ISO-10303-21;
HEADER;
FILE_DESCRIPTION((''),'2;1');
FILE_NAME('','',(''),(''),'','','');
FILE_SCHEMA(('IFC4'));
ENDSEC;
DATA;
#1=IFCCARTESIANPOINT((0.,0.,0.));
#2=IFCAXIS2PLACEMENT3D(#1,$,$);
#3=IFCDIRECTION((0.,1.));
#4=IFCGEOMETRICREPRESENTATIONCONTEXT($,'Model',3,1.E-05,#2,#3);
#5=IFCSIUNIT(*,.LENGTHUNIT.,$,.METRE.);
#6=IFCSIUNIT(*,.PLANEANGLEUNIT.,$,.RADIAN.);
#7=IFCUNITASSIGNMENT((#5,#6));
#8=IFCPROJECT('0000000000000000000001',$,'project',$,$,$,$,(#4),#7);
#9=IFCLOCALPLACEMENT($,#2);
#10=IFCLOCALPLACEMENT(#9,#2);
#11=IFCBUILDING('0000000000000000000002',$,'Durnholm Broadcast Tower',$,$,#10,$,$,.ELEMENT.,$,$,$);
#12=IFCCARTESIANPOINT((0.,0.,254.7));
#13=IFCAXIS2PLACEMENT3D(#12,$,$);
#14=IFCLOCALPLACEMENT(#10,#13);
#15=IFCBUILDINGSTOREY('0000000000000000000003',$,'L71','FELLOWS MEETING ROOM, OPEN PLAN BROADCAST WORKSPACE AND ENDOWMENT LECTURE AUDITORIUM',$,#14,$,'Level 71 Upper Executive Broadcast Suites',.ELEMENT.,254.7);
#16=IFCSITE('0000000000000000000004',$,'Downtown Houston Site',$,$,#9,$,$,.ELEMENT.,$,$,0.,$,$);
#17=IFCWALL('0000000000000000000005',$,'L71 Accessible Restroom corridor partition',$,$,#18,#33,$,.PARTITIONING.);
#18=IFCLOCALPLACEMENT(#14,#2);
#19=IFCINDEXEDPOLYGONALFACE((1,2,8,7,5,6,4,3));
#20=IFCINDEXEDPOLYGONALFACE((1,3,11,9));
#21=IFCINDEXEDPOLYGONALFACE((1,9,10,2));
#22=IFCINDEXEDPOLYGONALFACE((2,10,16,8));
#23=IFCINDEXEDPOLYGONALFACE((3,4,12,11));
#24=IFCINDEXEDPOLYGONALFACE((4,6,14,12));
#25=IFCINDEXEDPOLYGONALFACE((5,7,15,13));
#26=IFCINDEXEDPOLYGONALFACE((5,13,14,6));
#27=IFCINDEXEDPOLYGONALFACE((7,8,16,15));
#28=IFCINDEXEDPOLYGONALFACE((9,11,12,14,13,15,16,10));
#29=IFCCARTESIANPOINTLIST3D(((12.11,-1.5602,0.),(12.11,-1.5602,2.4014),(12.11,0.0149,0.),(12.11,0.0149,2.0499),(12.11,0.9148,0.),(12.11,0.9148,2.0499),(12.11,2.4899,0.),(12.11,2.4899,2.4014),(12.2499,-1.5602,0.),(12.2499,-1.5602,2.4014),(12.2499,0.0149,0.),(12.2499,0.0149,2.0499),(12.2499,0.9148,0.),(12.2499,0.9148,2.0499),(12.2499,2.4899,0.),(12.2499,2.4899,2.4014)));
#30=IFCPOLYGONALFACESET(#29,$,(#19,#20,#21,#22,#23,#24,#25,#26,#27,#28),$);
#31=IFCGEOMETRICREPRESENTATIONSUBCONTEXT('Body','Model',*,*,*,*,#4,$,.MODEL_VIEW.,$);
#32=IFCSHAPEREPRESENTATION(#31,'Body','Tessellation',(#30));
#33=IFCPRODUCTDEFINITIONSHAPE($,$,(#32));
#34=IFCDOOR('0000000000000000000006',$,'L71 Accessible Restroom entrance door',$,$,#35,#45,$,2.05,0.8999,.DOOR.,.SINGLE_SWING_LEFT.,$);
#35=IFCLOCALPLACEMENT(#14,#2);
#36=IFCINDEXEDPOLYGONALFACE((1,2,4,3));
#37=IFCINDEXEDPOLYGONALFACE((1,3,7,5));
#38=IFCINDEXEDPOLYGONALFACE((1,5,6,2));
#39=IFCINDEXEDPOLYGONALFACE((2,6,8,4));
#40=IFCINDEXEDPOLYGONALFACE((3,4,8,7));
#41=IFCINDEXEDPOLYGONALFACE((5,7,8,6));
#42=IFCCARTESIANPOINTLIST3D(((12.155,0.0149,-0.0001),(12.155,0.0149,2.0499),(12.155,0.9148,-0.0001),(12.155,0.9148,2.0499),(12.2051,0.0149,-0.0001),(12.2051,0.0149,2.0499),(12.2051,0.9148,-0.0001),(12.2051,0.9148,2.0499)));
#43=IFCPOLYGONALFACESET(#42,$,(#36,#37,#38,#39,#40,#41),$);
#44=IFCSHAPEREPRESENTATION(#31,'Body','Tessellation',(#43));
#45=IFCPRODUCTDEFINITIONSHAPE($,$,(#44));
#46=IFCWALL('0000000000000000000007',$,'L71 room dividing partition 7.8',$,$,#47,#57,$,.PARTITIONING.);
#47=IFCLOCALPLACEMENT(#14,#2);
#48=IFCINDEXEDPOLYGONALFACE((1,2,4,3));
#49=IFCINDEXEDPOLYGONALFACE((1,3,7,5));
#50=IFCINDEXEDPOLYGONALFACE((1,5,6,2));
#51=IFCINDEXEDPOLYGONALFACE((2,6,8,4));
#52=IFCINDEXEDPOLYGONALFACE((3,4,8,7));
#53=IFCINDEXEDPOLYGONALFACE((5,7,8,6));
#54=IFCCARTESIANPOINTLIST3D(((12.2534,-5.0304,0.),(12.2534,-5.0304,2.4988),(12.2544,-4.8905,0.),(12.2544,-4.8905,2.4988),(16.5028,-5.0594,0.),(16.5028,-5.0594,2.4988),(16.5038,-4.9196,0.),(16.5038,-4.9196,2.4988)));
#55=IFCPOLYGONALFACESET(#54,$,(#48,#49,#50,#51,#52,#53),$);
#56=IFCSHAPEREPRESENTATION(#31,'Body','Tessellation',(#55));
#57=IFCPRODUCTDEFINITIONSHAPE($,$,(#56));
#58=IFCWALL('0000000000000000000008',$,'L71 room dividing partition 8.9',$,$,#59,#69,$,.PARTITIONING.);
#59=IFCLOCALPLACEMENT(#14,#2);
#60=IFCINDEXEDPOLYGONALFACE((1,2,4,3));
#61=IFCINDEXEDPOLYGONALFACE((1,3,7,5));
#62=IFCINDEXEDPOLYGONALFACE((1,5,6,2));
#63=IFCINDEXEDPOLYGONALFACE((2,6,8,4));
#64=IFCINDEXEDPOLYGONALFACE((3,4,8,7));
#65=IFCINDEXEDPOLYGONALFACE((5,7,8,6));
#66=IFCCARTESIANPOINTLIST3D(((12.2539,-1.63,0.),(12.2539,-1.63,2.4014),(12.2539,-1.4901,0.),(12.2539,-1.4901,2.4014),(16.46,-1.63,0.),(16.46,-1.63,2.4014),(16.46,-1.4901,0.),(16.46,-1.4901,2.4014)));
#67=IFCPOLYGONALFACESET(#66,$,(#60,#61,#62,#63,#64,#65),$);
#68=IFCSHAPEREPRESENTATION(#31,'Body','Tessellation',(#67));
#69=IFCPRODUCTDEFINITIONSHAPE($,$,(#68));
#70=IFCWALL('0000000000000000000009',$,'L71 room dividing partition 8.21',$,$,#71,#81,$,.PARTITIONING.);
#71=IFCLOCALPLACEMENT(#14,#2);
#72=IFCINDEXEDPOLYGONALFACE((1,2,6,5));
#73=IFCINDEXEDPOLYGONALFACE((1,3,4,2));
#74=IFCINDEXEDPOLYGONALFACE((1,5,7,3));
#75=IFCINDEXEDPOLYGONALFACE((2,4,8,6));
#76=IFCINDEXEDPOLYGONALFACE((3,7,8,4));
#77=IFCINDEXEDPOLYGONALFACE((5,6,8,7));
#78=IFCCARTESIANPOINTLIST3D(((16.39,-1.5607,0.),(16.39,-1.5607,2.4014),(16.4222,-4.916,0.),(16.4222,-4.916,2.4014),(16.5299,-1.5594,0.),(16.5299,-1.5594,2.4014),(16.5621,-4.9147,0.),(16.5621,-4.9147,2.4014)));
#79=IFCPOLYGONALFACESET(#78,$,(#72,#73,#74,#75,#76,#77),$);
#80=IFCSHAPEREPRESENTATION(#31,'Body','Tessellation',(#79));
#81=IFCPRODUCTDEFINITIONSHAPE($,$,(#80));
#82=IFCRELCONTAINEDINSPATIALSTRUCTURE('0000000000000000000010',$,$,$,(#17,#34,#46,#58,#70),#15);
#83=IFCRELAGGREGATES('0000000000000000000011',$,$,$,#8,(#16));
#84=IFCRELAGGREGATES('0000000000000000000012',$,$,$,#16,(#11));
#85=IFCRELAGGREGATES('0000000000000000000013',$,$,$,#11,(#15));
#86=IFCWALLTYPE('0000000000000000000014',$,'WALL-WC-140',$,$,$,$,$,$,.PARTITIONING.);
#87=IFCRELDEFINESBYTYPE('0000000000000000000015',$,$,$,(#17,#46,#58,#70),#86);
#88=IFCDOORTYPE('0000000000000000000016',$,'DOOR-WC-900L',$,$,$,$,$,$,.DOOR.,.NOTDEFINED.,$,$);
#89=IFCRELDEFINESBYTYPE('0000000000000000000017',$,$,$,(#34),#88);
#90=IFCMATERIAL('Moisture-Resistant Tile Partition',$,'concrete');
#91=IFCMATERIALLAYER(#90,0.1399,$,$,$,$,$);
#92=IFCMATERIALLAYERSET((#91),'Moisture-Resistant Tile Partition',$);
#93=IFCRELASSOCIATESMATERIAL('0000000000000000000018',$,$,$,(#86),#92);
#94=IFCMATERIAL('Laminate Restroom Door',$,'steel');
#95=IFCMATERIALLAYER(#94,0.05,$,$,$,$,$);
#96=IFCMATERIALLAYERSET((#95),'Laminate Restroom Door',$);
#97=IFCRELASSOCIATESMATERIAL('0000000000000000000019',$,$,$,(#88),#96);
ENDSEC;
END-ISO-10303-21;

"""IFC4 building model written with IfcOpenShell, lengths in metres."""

from ifc_helpers import new_model, si_unit, direction, frame, frame_2d, origin, place, context, subcontext, project, spatial, rectangle, extrude, source, transform, mapped, material, layer, layer_set, type_object, type_shapes, element, fill, save


model = new_model("IFC4")

# Units and contexts
model_context = context("Model", 3, precision=1e-05, world=origin(), true_north=direction((0.0, 1.0)))
body_context = subcontext(model_context, "Body", "Model", "MODEL_VIEW")
ifc_project = project(units=[si_unit("LENGTHUNIT", "METRE"), si_unit("PLANEANGLEUNIT", "RADIAN")], contexts=[model_context])

# Site, building, storey
site_placement = place(None, origin())
site = spatial("IfcSite", under=ifc_project, at=site_placement, Name="Downtown Houston Site", CompositionType="ELEMENT", RefElevation=0.0)
building_placement = place(site_placement, origin())
building = spatial("IfcBuilding", under=site, at=building_placement, Name="Durnholm Broadcast Tower", CompositionType="ELEMENT")
storey_placement = place(building_placement, frame((0.0, 0.0, 254.7)))
storey = spatial("IfcBuildingStorey", under=building, at=storey_placement, Name="L71", Description="FELLOWS MEETING ROOM, OPEN PLAN BROADCAST WORKSPACE AND ENDOWMENT LECTURE AUDITORIUM", LongName="Level 71 Upper Executive Broadcast Suites", CompositionType="ELEMENT", Elevation=254.7)

# Wall, opening, door
ifc_material_1 = material(Name="Moisture-Resistant Tile Partition", Category="concrete")
ifc_layer_1 = layer(ifc_material_1, 0.1399)
ifc_layer_set_1 = layer_set([ifc_layer_1], Name="Moisture-Resistant Tile Partition")
wall_type_1 = type_object("IfcWallType", Name="WALL-WC-140", PredefinedType="PARTITIONING", material=ifc_layer_set_1)
ifc_material_2 = material(Name="Laminate Restroom Door", Category="steel")
wall_1_placement = place(storey_placement, frame((12.1799, -1.5601, 0.0), z_axis=(0.0, 0.0, 1.0), x_axis=(0.0, 1.0, 0.0)))
wall_1 = element("IfcWall", 1, at=wall_1_placement, inside=storey, type_object=wall_type_1, Name="L71 Accessible Restroom corridor partition", PredefinedType="PARTITIONING", context=body_context, shape_type="SweptSolid", body=[
    extrude(rectangle(XDim=4.05, YDim=0.1399, at=frame_2d((2.0249, 0.0))), origin(), (0.0, 0.0, 1.0), 2.4014),
])
opening_1_placement = place(wall_1_placement, frame((1.575, 0.0, 0.0)))
opening_1 = element("IfcOpeningElement", 2, at=opening_1_placement, cuts=wall_1, PredefinedType="OPENING", context=body_context, shape_type="SweptSolid", body=[
    extrude(rectangle(XDim=0.8999, YDim=2.05, at=frame_2d((0.45, 1.0249))), frame((0.0, 0.0801, 0.0), z_axis=(0.0, -1.0, 0.0), x_axis=(1.0, 0.0, 0.0)), (0.0, 0.0, 1.0), 0.1599),
])
ifc_layer_2 = layer(ifc_material_2, 0.05)
ifc_layer_set_2 = layer_set([ifc_layer_2], Name="Laminate Restroom Door")
door_type_1 = type_object("IfcDoorType", Name="DOOR-WC-900L", OperationType="NOTDEFINED", PredefinedType="DOOR", material=ifc_layer_set_2)
shared_shape_1 = source(origin(), body_context, "Body", "SweptSolid", [
    extrude(rectangle(XDim=0.8999, YDim=2.05, at=frame_2d((0.45, 1.0249))), frame((0.0, 0.0249, 0.0), z_axis=(0.0, -1.0, 0.0), x_axis=(1.0, 0.0, 0.0)), (0.0, 0.0, 1.0), 0.05),
])
type_shapes(door_type_1, [shared_shape_1])
door_1_placement = place(opening_1_placement, origin())
door_1 = element("IfcDoor", 3, at=door_1_placement, inside=storey, type_object=door_type_1, Name="L71 Accessible Restroom entrance door", OperationType="SINGLE_SWING_LEFT", OverallHeight=2.05, OverallWidth=0.8999, PredefinedType="DOOR", context=body_context, shape_type="MappedRepresentation", body=[
    mapped(shared_shape_1, transform((0.0, 0.0, 0.0), x_axis=(1.0, 0.0, 0.0), y_axis=(0.0, 1.0, 0.0), z_axis=(0.0, 0.0, 1.0), scale=1.0)),
])
fill(opening_1, door_1)

# Walls
wall_2_placement = place(storey_placement, frame((12.2539, -4.9604, 0.0), z_axis=(0.0, 0.0, 1.0), x_axis=(0.999977, -0.006837, 0.0)))
element("IfcWall", 4, at=wall_2_placement, inside=storey, type_object=wall_type_1, Name="L71 room dividing partition 7.8", PredefinedType="PARTITIONING", context=body_context, shape_type="SweptSolid", body=[
    extrude(rectangle(XDim=4.2495, YDim=0.1399, at=frame_2d((2.1248, 0.0))), origin(), (0.0, 0.0, 1.0), 2.4988),
])
wall_3_placement = place(storey_placement, frame((12.2539, -1.5601, 0.0), z_axis=(0.0, 0.0, 1.0), x_axis=(1.0, 0.0, 0.0)))
element("IfcWall", 5, at=wall_3_placement, inside=storey, type_object=wall_type_1, Name="L71 room dividing partition 8.9", PredefinedType="PARTITIONING", context=body_context, shape_type="SweptSolid", body=[
    extrude(rectangle(XDim=4.2061, YDim=0.1399, at=frame_2d((2.103, 0.0))), origin(), (0.0, 0.0, 1.0), 2.4014),
])
wall_4_placement = place(storey_placement, frame((16.46, -1.5601, 0.0), z_axis=(0.0, 0.0, 1.0), x_axis=(0.009604, -0.999954, 0.0)))
element("IfcWall", 6, at=wall_4_placement, inside=storey, type_object=wall_type_1, Name="L71 room dividing partition 8.21", PredefinedType="PARTITIONING", context=body_context, shape_type="SweptSolid", body=[
    extrude(rectangle(XDim=3.3555, YDim=0.1399, at=frame_2d((1.6777, 0.0))), origin(), (0.0, 0.0, 1.0), 2.4014),
])

save(model, "model.ifc")
